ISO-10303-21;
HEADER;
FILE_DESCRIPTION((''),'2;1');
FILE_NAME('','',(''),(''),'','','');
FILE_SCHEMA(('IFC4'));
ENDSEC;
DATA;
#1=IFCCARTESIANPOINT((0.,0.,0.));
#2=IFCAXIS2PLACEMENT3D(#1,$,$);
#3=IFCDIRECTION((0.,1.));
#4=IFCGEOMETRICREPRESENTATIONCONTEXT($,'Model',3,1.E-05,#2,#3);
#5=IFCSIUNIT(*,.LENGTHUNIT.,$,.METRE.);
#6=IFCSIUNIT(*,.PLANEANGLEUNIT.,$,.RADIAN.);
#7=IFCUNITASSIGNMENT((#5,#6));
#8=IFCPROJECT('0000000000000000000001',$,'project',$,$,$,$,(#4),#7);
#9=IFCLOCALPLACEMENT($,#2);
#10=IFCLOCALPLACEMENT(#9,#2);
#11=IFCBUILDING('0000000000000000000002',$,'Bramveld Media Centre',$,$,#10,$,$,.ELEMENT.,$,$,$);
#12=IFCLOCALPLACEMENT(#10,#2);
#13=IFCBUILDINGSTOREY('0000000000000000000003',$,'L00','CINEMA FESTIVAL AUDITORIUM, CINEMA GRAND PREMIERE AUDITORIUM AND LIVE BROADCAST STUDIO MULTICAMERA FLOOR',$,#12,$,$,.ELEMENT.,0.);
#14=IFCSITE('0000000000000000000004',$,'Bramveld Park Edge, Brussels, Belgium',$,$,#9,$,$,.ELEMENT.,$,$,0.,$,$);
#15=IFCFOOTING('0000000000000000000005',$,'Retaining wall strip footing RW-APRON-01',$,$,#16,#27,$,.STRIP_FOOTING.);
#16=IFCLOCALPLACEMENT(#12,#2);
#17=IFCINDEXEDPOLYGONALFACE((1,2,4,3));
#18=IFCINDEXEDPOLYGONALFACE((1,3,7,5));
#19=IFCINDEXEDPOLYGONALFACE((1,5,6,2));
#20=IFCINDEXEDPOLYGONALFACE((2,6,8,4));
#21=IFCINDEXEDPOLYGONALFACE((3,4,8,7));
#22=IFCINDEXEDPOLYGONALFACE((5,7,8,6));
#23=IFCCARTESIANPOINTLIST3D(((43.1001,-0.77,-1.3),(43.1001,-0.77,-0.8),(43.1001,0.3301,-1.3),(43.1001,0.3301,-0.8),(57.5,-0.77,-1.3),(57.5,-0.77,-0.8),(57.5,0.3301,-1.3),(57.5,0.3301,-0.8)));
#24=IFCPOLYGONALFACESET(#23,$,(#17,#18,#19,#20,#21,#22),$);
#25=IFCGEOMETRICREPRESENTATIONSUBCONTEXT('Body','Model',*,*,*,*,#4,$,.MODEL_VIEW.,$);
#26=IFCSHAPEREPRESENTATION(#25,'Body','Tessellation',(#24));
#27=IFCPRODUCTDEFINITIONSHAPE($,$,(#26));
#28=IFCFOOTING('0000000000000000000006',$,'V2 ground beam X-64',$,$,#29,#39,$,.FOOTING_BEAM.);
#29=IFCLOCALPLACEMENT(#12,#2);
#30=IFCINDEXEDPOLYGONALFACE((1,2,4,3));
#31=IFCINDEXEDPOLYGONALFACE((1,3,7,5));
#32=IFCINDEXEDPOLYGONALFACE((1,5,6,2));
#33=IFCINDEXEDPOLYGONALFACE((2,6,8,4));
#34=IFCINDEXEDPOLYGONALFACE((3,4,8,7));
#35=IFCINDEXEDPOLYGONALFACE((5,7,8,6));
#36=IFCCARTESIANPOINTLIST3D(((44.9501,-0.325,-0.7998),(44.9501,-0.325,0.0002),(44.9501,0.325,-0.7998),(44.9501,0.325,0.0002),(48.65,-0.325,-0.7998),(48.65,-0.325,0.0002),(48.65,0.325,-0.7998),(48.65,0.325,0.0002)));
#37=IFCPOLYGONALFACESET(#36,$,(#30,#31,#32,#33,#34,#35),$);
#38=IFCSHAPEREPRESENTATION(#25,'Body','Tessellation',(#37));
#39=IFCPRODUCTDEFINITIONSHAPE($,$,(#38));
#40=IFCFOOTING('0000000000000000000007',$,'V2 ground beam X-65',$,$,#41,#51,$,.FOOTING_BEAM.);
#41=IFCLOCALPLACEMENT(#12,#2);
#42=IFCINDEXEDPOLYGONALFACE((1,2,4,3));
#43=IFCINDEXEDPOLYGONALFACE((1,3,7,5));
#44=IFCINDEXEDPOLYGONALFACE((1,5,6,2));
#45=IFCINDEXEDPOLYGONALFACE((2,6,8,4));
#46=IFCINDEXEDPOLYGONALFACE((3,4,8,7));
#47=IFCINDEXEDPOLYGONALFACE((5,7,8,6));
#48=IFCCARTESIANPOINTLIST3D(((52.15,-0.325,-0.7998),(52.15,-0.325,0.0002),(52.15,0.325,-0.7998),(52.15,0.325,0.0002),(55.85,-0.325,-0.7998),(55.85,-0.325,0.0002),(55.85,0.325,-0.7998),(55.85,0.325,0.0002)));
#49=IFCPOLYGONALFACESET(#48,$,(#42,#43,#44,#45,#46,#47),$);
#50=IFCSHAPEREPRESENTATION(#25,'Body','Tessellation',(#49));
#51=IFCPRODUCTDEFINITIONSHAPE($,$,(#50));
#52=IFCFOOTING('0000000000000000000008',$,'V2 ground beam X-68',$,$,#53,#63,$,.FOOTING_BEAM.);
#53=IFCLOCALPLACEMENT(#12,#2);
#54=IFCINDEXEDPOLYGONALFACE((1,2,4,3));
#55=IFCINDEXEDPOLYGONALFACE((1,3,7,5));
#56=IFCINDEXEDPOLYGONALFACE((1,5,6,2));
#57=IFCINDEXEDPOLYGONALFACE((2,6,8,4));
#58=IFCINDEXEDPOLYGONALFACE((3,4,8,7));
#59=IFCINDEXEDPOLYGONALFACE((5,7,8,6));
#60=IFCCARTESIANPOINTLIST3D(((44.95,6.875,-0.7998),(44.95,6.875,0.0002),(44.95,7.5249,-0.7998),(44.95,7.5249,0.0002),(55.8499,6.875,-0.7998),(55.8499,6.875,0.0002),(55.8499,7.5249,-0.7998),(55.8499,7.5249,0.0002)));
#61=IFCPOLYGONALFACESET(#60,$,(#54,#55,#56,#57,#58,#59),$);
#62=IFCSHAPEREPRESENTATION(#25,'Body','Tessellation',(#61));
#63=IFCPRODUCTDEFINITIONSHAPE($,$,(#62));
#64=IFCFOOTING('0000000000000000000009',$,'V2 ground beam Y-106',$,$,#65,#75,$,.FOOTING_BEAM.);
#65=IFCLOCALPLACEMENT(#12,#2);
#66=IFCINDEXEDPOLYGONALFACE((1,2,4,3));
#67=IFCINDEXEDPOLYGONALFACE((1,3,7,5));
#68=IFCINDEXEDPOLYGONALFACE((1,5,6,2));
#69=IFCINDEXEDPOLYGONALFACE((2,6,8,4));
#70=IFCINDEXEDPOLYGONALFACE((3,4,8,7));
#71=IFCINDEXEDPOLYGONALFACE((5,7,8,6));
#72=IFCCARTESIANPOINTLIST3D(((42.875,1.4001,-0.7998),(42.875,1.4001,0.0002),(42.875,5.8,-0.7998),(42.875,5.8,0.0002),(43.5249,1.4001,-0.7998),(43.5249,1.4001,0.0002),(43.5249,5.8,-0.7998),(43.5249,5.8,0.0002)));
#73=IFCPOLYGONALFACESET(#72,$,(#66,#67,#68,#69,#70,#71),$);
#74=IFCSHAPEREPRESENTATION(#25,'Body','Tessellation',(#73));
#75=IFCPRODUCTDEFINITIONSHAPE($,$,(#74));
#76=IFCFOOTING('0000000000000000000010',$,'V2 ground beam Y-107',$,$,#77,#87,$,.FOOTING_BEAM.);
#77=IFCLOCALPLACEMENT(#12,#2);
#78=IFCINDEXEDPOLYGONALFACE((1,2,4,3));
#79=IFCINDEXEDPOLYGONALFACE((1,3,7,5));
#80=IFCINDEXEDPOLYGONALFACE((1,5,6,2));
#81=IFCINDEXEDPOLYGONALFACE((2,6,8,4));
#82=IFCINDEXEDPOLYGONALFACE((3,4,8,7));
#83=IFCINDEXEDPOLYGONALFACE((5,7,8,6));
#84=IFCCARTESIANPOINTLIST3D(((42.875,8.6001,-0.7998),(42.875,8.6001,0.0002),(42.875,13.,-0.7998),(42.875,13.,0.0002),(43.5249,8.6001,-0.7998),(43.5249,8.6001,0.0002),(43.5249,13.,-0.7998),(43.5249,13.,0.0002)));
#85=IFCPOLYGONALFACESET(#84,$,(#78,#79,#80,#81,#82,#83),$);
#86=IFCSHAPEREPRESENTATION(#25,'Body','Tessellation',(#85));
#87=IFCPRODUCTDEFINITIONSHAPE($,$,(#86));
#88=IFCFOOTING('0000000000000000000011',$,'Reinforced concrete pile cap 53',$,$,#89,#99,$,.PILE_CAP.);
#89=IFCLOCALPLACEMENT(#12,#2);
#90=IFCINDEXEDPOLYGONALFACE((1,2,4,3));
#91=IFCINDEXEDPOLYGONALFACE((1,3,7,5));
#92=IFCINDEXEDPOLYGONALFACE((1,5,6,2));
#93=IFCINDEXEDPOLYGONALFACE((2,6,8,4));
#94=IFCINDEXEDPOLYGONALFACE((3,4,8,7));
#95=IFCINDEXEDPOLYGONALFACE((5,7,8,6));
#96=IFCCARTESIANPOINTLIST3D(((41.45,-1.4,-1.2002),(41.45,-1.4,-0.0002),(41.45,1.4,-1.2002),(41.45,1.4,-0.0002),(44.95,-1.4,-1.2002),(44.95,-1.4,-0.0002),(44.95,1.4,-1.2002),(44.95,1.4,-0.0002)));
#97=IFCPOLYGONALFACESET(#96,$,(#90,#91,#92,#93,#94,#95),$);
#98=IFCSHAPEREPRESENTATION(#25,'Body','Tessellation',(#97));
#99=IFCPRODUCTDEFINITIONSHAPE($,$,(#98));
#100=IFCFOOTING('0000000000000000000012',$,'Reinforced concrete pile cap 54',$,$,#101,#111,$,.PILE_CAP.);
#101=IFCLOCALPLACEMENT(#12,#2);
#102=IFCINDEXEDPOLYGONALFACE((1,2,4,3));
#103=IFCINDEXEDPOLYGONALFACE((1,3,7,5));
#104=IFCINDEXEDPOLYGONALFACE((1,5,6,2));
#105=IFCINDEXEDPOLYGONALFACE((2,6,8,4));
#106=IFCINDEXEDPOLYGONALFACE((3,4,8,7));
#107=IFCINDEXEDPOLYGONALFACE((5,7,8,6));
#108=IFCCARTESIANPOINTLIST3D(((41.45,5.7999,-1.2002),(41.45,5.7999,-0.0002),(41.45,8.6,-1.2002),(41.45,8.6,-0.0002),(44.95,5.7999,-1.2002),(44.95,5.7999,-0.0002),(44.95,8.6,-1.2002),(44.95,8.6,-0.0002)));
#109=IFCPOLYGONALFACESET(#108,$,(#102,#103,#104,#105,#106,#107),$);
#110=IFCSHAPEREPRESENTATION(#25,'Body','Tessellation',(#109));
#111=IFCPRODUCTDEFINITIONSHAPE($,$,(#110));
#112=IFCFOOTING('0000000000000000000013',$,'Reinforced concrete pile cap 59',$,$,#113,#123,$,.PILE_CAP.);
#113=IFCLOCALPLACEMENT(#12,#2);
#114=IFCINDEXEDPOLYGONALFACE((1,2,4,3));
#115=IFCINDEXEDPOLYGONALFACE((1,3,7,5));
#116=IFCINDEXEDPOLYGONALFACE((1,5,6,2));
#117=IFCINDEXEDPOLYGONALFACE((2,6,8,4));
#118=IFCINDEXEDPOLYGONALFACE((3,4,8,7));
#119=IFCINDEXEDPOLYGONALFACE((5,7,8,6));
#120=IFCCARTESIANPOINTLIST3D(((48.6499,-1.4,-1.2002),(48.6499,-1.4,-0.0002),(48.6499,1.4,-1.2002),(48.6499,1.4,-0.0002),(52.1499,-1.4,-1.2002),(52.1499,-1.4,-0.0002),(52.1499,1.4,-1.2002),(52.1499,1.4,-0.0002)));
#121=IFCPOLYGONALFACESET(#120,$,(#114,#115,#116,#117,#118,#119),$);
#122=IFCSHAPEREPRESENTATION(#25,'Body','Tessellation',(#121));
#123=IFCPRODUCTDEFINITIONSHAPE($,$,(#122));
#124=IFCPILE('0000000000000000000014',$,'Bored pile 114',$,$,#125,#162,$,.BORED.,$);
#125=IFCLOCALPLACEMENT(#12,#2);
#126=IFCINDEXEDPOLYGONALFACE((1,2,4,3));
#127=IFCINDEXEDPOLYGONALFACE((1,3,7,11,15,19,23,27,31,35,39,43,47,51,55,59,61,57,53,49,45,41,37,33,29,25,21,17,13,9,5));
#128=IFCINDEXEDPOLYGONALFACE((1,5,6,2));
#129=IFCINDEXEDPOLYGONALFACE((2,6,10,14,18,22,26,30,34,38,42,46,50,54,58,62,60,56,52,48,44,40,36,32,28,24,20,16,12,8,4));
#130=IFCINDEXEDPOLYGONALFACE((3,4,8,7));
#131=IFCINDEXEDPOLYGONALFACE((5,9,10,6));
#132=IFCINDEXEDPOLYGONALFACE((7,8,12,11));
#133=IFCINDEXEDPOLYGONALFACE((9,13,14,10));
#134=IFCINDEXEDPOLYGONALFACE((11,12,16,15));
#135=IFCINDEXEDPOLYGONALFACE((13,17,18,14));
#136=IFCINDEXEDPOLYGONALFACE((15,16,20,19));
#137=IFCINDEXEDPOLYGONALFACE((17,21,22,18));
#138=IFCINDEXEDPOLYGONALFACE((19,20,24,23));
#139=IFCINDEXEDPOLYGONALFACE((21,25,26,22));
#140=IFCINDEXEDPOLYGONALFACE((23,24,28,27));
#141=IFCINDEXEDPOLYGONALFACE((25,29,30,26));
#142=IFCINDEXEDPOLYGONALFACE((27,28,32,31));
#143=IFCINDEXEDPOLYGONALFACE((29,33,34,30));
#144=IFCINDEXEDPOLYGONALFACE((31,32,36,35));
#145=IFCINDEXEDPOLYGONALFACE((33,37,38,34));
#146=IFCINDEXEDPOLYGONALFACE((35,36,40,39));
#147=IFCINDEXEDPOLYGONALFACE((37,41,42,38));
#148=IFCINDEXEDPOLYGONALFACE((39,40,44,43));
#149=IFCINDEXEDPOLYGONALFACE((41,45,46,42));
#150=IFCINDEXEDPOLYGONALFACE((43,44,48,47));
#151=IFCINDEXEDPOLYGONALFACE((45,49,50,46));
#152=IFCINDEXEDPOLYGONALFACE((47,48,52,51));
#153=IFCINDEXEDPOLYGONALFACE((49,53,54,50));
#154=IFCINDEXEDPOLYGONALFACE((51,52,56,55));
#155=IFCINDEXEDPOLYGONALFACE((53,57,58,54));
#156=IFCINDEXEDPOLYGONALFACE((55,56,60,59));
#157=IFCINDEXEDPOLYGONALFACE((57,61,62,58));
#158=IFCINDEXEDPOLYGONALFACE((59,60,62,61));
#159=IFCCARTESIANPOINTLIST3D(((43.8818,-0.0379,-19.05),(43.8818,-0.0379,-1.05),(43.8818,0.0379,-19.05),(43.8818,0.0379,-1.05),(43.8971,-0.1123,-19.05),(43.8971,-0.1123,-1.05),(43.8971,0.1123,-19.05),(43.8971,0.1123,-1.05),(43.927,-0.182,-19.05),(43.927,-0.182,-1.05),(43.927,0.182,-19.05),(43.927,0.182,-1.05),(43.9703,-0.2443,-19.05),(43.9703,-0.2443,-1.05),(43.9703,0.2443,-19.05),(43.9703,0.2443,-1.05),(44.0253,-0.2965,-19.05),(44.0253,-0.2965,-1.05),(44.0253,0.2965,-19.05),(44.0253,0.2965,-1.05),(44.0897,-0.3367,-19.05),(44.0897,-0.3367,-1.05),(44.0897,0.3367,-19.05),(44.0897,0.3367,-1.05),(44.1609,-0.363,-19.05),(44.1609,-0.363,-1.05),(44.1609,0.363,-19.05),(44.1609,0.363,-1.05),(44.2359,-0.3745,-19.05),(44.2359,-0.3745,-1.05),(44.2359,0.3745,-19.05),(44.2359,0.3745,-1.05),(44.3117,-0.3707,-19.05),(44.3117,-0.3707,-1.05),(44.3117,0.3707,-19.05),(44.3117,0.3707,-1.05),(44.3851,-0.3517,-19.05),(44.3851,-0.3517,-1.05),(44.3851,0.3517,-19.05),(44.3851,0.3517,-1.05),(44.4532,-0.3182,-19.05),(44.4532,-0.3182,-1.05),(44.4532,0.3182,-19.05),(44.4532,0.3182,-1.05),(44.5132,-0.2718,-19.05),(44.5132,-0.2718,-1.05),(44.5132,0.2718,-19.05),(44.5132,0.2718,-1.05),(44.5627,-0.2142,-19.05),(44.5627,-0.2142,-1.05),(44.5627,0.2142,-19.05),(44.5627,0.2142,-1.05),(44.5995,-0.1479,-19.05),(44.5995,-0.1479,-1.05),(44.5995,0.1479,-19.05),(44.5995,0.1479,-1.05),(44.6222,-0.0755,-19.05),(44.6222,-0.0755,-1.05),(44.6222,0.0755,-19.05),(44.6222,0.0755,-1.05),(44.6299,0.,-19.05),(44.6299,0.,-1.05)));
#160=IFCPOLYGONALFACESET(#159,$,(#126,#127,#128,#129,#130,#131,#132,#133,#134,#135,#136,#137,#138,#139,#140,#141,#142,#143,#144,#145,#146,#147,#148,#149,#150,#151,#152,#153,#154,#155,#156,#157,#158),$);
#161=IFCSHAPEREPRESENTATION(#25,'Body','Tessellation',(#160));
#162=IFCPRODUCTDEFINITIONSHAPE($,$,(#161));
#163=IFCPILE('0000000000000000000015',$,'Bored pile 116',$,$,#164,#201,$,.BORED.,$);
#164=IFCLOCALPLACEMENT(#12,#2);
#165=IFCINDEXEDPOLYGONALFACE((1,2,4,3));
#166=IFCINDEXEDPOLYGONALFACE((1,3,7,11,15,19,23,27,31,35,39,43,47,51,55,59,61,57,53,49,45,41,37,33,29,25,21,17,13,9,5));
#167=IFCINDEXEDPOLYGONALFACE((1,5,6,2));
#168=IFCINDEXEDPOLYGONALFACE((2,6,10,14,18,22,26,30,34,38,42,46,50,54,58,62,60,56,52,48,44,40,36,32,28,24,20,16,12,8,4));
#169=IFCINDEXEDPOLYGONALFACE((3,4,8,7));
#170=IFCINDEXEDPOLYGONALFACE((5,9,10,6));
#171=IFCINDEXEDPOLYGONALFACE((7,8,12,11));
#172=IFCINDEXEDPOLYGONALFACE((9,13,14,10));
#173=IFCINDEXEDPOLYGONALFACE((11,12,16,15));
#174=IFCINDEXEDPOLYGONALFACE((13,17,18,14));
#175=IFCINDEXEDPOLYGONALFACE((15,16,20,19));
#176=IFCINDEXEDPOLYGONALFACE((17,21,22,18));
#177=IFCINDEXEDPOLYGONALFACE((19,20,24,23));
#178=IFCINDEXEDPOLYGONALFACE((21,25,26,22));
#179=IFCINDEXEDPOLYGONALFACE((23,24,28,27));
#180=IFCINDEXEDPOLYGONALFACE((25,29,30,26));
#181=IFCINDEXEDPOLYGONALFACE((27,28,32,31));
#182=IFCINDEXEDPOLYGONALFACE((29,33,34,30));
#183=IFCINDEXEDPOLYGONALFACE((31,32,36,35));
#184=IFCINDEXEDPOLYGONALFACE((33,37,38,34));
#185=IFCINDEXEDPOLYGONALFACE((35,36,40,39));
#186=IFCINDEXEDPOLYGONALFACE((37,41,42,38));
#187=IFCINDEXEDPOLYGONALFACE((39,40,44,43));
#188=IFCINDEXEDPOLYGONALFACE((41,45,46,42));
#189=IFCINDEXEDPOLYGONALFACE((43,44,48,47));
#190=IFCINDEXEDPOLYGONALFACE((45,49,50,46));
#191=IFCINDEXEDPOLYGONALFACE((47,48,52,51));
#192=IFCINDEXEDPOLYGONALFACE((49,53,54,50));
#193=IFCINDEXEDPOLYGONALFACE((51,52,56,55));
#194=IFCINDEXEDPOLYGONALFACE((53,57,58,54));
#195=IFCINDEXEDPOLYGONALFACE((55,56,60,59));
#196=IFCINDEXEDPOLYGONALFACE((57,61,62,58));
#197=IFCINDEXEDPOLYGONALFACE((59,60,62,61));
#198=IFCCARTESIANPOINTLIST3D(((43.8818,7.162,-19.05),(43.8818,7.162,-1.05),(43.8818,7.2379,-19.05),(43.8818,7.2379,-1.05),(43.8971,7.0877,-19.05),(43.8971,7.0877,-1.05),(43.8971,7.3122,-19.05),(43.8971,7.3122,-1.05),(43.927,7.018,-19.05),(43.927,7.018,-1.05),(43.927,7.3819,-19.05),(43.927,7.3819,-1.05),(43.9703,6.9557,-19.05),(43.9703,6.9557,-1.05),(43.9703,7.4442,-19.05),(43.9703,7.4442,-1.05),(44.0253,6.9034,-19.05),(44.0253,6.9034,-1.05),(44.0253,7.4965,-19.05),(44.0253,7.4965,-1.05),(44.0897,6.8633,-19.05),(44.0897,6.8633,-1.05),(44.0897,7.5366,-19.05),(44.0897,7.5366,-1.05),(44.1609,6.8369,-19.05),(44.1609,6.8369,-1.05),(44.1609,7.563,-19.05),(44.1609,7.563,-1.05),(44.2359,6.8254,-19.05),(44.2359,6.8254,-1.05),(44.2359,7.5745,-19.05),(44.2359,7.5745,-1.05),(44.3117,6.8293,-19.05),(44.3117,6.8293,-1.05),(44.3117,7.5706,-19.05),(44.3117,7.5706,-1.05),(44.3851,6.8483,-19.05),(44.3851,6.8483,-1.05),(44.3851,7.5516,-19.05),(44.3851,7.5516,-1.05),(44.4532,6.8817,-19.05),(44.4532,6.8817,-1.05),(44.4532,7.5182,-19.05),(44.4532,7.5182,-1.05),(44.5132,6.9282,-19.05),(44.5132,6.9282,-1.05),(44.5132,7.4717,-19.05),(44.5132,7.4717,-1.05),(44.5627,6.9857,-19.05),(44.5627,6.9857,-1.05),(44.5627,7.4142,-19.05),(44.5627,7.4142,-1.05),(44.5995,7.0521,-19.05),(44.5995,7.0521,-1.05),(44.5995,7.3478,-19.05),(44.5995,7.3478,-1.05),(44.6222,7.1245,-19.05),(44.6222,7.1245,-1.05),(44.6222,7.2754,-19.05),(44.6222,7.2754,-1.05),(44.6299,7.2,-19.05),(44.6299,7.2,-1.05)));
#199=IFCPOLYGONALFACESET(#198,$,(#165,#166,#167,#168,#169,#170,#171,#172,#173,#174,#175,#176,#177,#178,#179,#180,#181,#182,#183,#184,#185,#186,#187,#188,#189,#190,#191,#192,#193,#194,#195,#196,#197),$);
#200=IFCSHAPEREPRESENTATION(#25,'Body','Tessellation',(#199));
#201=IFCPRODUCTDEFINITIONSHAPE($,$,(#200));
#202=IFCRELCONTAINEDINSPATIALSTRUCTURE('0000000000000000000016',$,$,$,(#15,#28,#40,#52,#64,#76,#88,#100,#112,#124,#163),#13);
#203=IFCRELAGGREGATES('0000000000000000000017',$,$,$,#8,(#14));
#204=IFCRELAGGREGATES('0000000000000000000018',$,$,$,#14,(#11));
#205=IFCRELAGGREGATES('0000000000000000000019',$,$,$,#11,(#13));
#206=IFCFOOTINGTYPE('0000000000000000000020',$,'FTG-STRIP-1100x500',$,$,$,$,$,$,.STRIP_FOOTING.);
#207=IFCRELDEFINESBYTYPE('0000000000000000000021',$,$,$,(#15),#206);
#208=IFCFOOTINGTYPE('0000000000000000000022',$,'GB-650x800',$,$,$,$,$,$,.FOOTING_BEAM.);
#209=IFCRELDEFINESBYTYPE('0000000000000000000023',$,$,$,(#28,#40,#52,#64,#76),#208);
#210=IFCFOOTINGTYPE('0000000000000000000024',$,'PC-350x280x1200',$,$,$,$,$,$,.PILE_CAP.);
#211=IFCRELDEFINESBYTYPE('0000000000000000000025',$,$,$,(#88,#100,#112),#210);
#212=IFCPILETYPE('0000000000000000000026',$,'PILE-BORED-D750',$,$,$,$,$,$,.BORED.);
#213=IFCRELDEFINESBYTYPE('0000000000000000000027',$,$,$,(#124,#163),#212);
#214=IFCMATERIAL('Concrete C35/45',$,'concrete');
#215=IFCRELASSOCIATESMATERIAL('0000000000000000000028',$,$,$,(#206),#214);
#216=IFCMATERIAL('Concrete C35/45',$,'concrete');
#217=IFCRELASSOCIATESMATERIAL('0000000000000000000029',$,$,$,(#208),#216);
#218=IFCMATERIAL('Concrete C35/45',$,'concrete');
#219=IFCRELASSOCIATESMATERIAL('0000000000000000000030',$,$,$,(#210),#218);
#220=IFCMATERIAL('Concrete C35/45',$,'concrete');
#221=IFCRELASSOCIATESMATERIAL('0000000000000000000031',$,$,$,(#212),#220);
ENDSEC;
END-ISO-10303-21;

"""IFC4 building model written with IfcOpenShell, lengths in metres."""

from ifc_helpers import new_model, si_unit, direction, frame, origin, origin_2d, place, context, subcontext, project, spatial, rectangle, circle, extrude, material, material_profile, profile_set, type_object, element, save


model = new_model("IFC4")

# Units and contexts
model_context = context("Model", 3, precision=1e-05, world=origin(), true_north=direction((0.0, 1.0)))
body_context = subcontext(model_context, "Body", "Model", "MODEL_VIEW")
ifc_project = project(units=[si_unit("LENGTHUNIT", "METRE"), si_unit("PLANEANGLEUNIT", "RADIAN")], contexts=[model_context])

# Site, building, storey
site_placement = place(None, origin())
site = spatial("IfcSite", under=ifc_project, at=site_placement, Name="Bramveld Park Edge, Brussels, Belgium", CompositionType="ELEMENT", RefElevation=0.0)
building_placement = place(site_placement, origin())
building = spatial("IfcBuilding", under=site, at=building_placement, Name="Bramveld Media Centre", CompositionType="ELEMENT")
storey_placement = place(building_placement, origin())
storey = spatial("IfcBuildingStorey", under=building, at=storey_placement, Name="L00", Description="CINEMA FESTIVAL AUDITORIUM, CINEMA GRAND PREMIERE AUDITORIUM AND LIVE BROADCAST STUDIO MULTICAMERA FLOOR", CompositionType="ELEMENT", Elevation=0.0)

# Footings
ifc_material_1 = material(Name="Concrete C35/45", Category="concrete")
footing_type_1 = type_object("IfcFootingType", Name="FTG-STRIP-1100x500", PredefinedType="STRIP_FOOTING", material=ifc_material_1)
footing_1_placement = place(storey_placement, frame((50.3, -0.22, -1.3), z_axis=(0.0, 0.0, 1.0), x_axis=(1.0, 0.0, 0.0)))
element("IfcFooting", 1, at=footing_1_placement, inside=storey, type_object=footing_type_1, Name="Retaining wall strip footing RW-APRON-01", PredefinedType="STRIP_FOOTING", context=body_context, shape_type="SweptSolid", body=[
    extrude(rectangle(XDim=14.3999, YDim=1.1001, at=origin_2d()), origin(), (0.0, 0.0, 1.0), 0.5),
])
ifc_material_2 = material(Name="Concrete C35/45", Category="concrete")
footing_type_2 = type_object("IfcFootingType", Name="GB-650x800", PredefinedType="FOOTING_BEAM", material=ifc_material_2)
for number, where, z_axis, x_axis, name in (
    (2, (46.8, 0.0, -0.7998), (0.0, 0.0, 1.0), (1.0, 0.0, 0.0), "V2 ground beam X-64"),
    (3, (54.0, 0.0, -0.7998), (0.0, 0.0, 1.0), (1.0, 0.0, 0.0), "V2 ground beam X-65"),
):
    element("IfcFooting", number, at=place(storey_placement, frame(where, z_axis=z_axis, x_axis=x_axis)), inside=storey, type_object=footing_type_2, Name=name, PredefinedType="FOOTING_BEAM", context=body_context, shape_type="SweptSolid", body=[
        extrude(rectangle(XDim=3.7, YDim=0.6499, at=origin_2d()), origin(), (0.0, 0.0, 1.0), 0.8),
    ])
footing_2_placement = place(storey_placement, frame((50.3999, 7.2, -0.7998), z_axis=(0.0, 0.0, 1.0), x_axis=(1.0, 0.0, 0.0)))
element("IfcFooting", 4, at=footing_2_placement, inside=storey, type_object=footing_type_2, Name="V2 ground beam X-68", PredefinedType="FOOTING_BEAM", context=body_context, shape_type="SweptSolid", body=[
    extrude(rectangle(XDim=10.8999, YDim=0.6499, at=origin_2d()), origin(), (0.0, 0.0, 1.0), 0.8),
])
for number, where, z_axis, x_axis, name in (
    (5, (43.2, 3.6001, -0.7998), (0.0, 0.0, 1.0), (1.0, 0.0, 0.0), "V2 ground beam Y-106"),
    (6, (43.2, 10.8, -0.7998), (0.0, 0.0, 1.0), (1.0, 0.0, 0.0), "V2 ground beam Y-107"),
):
    element("IfcFooting", number, at=place(storey_placement, frame(where, z_axis=z_axis, x_axis=x_axis)), inside=storey, type_object=footing_type_2, Name=name, PredefinedType="FOOTING_BEAM", context=body_context, shape_type="SweptSolid", body=[
        extrude(rectangle(XDim=0.6499, YDim=4.3999, at=origin_2d()), origin(), (0.0, 0.0, 1.0), 0.8),
    ])
ifc_material_3 = material(Name="Concrete C35/45", Category="concrete")
footing_type_3 = type_object("IfcFootingType", Name="PC-350x280x1200", PredefinedType="PILE_CAP", material=ifc_material_3)
for number, where, z_axis, x_axis, name in (
    (7, (43.2, 0.0, -1.2002), (0.0, 0.0, 1.0), (1.0, 0.0, 0.0), "Reinforced concrete pile cap 53"),
    (8, (43.2, 7.2, -1.2002), (0.0, 0.0, 1.0), (1.0, 0.0, 0.0), "Reinforced concrete pile cap 54"),
    (9, (50.3999, 0.0, -1.2002), (0.0, 0.0, 1.0), (1.0, 0.0, 0.0), "Reinforced concrete pile cap 59"),
):
    element("IfcFooting", number, at=place(storey_placement, frame(where, z_axis=z_axis, x_axis=x_axis)), inside=storey, type_object=footing_type_3, Name=name, PredefinedType="PILE_CAP", context=body_context, shape_type="SweptSolid", body=[
        extrude(rectangle(XDim=3.5, YDim=2.8, at=origin_2d()), origin(), (0.0, 0.0, 1.0), 1.2),
    ])

# Piles
ifc_material_4 = material(Name="Concrete C35/45", Category="concrete")
ifc_material_profile_1 = material_profile(ifc_material_4, circle(Radius=0.375, at=origin_2d()), Name="BORED D750")
ifc_profile_set_1 = profile_set([ifc_material_profile_1], Name="Concrete C35/45")
pile_type = type_object("IfcPileType", Name="PILE-BORED-D750", PredefinedType="BORED", material=ifc_profile_set_1)
for number, where, z_axis, x_axis, name in (
    (10, (44.2549, 0.0, -1.05), (0.0, 0.0, -1.0), (1.0, 0.0, 0.0), "Bored pile 114"),
    (11, (44.2549, 7.2, -1.05), (0.0, 0.0, -1.0), (1.0, 0.0, 0.0), "Bored pile 116"),
):
    element("IfcPile", number, at=place(storey_placement, frame(where, z_axis=z_axis, x_axis=x_axis)), inside=storey, type_object=pile_type, Name=name, PredefinedType="BORED", context=body_context, shape_type="SweptSolid", body=[
        extrude(circle(Radius=0.375, at=origin_2d()), origin(), (0.0, 0.0, 1.0), 18.0),
    ])

save(model, "model.ifc")
